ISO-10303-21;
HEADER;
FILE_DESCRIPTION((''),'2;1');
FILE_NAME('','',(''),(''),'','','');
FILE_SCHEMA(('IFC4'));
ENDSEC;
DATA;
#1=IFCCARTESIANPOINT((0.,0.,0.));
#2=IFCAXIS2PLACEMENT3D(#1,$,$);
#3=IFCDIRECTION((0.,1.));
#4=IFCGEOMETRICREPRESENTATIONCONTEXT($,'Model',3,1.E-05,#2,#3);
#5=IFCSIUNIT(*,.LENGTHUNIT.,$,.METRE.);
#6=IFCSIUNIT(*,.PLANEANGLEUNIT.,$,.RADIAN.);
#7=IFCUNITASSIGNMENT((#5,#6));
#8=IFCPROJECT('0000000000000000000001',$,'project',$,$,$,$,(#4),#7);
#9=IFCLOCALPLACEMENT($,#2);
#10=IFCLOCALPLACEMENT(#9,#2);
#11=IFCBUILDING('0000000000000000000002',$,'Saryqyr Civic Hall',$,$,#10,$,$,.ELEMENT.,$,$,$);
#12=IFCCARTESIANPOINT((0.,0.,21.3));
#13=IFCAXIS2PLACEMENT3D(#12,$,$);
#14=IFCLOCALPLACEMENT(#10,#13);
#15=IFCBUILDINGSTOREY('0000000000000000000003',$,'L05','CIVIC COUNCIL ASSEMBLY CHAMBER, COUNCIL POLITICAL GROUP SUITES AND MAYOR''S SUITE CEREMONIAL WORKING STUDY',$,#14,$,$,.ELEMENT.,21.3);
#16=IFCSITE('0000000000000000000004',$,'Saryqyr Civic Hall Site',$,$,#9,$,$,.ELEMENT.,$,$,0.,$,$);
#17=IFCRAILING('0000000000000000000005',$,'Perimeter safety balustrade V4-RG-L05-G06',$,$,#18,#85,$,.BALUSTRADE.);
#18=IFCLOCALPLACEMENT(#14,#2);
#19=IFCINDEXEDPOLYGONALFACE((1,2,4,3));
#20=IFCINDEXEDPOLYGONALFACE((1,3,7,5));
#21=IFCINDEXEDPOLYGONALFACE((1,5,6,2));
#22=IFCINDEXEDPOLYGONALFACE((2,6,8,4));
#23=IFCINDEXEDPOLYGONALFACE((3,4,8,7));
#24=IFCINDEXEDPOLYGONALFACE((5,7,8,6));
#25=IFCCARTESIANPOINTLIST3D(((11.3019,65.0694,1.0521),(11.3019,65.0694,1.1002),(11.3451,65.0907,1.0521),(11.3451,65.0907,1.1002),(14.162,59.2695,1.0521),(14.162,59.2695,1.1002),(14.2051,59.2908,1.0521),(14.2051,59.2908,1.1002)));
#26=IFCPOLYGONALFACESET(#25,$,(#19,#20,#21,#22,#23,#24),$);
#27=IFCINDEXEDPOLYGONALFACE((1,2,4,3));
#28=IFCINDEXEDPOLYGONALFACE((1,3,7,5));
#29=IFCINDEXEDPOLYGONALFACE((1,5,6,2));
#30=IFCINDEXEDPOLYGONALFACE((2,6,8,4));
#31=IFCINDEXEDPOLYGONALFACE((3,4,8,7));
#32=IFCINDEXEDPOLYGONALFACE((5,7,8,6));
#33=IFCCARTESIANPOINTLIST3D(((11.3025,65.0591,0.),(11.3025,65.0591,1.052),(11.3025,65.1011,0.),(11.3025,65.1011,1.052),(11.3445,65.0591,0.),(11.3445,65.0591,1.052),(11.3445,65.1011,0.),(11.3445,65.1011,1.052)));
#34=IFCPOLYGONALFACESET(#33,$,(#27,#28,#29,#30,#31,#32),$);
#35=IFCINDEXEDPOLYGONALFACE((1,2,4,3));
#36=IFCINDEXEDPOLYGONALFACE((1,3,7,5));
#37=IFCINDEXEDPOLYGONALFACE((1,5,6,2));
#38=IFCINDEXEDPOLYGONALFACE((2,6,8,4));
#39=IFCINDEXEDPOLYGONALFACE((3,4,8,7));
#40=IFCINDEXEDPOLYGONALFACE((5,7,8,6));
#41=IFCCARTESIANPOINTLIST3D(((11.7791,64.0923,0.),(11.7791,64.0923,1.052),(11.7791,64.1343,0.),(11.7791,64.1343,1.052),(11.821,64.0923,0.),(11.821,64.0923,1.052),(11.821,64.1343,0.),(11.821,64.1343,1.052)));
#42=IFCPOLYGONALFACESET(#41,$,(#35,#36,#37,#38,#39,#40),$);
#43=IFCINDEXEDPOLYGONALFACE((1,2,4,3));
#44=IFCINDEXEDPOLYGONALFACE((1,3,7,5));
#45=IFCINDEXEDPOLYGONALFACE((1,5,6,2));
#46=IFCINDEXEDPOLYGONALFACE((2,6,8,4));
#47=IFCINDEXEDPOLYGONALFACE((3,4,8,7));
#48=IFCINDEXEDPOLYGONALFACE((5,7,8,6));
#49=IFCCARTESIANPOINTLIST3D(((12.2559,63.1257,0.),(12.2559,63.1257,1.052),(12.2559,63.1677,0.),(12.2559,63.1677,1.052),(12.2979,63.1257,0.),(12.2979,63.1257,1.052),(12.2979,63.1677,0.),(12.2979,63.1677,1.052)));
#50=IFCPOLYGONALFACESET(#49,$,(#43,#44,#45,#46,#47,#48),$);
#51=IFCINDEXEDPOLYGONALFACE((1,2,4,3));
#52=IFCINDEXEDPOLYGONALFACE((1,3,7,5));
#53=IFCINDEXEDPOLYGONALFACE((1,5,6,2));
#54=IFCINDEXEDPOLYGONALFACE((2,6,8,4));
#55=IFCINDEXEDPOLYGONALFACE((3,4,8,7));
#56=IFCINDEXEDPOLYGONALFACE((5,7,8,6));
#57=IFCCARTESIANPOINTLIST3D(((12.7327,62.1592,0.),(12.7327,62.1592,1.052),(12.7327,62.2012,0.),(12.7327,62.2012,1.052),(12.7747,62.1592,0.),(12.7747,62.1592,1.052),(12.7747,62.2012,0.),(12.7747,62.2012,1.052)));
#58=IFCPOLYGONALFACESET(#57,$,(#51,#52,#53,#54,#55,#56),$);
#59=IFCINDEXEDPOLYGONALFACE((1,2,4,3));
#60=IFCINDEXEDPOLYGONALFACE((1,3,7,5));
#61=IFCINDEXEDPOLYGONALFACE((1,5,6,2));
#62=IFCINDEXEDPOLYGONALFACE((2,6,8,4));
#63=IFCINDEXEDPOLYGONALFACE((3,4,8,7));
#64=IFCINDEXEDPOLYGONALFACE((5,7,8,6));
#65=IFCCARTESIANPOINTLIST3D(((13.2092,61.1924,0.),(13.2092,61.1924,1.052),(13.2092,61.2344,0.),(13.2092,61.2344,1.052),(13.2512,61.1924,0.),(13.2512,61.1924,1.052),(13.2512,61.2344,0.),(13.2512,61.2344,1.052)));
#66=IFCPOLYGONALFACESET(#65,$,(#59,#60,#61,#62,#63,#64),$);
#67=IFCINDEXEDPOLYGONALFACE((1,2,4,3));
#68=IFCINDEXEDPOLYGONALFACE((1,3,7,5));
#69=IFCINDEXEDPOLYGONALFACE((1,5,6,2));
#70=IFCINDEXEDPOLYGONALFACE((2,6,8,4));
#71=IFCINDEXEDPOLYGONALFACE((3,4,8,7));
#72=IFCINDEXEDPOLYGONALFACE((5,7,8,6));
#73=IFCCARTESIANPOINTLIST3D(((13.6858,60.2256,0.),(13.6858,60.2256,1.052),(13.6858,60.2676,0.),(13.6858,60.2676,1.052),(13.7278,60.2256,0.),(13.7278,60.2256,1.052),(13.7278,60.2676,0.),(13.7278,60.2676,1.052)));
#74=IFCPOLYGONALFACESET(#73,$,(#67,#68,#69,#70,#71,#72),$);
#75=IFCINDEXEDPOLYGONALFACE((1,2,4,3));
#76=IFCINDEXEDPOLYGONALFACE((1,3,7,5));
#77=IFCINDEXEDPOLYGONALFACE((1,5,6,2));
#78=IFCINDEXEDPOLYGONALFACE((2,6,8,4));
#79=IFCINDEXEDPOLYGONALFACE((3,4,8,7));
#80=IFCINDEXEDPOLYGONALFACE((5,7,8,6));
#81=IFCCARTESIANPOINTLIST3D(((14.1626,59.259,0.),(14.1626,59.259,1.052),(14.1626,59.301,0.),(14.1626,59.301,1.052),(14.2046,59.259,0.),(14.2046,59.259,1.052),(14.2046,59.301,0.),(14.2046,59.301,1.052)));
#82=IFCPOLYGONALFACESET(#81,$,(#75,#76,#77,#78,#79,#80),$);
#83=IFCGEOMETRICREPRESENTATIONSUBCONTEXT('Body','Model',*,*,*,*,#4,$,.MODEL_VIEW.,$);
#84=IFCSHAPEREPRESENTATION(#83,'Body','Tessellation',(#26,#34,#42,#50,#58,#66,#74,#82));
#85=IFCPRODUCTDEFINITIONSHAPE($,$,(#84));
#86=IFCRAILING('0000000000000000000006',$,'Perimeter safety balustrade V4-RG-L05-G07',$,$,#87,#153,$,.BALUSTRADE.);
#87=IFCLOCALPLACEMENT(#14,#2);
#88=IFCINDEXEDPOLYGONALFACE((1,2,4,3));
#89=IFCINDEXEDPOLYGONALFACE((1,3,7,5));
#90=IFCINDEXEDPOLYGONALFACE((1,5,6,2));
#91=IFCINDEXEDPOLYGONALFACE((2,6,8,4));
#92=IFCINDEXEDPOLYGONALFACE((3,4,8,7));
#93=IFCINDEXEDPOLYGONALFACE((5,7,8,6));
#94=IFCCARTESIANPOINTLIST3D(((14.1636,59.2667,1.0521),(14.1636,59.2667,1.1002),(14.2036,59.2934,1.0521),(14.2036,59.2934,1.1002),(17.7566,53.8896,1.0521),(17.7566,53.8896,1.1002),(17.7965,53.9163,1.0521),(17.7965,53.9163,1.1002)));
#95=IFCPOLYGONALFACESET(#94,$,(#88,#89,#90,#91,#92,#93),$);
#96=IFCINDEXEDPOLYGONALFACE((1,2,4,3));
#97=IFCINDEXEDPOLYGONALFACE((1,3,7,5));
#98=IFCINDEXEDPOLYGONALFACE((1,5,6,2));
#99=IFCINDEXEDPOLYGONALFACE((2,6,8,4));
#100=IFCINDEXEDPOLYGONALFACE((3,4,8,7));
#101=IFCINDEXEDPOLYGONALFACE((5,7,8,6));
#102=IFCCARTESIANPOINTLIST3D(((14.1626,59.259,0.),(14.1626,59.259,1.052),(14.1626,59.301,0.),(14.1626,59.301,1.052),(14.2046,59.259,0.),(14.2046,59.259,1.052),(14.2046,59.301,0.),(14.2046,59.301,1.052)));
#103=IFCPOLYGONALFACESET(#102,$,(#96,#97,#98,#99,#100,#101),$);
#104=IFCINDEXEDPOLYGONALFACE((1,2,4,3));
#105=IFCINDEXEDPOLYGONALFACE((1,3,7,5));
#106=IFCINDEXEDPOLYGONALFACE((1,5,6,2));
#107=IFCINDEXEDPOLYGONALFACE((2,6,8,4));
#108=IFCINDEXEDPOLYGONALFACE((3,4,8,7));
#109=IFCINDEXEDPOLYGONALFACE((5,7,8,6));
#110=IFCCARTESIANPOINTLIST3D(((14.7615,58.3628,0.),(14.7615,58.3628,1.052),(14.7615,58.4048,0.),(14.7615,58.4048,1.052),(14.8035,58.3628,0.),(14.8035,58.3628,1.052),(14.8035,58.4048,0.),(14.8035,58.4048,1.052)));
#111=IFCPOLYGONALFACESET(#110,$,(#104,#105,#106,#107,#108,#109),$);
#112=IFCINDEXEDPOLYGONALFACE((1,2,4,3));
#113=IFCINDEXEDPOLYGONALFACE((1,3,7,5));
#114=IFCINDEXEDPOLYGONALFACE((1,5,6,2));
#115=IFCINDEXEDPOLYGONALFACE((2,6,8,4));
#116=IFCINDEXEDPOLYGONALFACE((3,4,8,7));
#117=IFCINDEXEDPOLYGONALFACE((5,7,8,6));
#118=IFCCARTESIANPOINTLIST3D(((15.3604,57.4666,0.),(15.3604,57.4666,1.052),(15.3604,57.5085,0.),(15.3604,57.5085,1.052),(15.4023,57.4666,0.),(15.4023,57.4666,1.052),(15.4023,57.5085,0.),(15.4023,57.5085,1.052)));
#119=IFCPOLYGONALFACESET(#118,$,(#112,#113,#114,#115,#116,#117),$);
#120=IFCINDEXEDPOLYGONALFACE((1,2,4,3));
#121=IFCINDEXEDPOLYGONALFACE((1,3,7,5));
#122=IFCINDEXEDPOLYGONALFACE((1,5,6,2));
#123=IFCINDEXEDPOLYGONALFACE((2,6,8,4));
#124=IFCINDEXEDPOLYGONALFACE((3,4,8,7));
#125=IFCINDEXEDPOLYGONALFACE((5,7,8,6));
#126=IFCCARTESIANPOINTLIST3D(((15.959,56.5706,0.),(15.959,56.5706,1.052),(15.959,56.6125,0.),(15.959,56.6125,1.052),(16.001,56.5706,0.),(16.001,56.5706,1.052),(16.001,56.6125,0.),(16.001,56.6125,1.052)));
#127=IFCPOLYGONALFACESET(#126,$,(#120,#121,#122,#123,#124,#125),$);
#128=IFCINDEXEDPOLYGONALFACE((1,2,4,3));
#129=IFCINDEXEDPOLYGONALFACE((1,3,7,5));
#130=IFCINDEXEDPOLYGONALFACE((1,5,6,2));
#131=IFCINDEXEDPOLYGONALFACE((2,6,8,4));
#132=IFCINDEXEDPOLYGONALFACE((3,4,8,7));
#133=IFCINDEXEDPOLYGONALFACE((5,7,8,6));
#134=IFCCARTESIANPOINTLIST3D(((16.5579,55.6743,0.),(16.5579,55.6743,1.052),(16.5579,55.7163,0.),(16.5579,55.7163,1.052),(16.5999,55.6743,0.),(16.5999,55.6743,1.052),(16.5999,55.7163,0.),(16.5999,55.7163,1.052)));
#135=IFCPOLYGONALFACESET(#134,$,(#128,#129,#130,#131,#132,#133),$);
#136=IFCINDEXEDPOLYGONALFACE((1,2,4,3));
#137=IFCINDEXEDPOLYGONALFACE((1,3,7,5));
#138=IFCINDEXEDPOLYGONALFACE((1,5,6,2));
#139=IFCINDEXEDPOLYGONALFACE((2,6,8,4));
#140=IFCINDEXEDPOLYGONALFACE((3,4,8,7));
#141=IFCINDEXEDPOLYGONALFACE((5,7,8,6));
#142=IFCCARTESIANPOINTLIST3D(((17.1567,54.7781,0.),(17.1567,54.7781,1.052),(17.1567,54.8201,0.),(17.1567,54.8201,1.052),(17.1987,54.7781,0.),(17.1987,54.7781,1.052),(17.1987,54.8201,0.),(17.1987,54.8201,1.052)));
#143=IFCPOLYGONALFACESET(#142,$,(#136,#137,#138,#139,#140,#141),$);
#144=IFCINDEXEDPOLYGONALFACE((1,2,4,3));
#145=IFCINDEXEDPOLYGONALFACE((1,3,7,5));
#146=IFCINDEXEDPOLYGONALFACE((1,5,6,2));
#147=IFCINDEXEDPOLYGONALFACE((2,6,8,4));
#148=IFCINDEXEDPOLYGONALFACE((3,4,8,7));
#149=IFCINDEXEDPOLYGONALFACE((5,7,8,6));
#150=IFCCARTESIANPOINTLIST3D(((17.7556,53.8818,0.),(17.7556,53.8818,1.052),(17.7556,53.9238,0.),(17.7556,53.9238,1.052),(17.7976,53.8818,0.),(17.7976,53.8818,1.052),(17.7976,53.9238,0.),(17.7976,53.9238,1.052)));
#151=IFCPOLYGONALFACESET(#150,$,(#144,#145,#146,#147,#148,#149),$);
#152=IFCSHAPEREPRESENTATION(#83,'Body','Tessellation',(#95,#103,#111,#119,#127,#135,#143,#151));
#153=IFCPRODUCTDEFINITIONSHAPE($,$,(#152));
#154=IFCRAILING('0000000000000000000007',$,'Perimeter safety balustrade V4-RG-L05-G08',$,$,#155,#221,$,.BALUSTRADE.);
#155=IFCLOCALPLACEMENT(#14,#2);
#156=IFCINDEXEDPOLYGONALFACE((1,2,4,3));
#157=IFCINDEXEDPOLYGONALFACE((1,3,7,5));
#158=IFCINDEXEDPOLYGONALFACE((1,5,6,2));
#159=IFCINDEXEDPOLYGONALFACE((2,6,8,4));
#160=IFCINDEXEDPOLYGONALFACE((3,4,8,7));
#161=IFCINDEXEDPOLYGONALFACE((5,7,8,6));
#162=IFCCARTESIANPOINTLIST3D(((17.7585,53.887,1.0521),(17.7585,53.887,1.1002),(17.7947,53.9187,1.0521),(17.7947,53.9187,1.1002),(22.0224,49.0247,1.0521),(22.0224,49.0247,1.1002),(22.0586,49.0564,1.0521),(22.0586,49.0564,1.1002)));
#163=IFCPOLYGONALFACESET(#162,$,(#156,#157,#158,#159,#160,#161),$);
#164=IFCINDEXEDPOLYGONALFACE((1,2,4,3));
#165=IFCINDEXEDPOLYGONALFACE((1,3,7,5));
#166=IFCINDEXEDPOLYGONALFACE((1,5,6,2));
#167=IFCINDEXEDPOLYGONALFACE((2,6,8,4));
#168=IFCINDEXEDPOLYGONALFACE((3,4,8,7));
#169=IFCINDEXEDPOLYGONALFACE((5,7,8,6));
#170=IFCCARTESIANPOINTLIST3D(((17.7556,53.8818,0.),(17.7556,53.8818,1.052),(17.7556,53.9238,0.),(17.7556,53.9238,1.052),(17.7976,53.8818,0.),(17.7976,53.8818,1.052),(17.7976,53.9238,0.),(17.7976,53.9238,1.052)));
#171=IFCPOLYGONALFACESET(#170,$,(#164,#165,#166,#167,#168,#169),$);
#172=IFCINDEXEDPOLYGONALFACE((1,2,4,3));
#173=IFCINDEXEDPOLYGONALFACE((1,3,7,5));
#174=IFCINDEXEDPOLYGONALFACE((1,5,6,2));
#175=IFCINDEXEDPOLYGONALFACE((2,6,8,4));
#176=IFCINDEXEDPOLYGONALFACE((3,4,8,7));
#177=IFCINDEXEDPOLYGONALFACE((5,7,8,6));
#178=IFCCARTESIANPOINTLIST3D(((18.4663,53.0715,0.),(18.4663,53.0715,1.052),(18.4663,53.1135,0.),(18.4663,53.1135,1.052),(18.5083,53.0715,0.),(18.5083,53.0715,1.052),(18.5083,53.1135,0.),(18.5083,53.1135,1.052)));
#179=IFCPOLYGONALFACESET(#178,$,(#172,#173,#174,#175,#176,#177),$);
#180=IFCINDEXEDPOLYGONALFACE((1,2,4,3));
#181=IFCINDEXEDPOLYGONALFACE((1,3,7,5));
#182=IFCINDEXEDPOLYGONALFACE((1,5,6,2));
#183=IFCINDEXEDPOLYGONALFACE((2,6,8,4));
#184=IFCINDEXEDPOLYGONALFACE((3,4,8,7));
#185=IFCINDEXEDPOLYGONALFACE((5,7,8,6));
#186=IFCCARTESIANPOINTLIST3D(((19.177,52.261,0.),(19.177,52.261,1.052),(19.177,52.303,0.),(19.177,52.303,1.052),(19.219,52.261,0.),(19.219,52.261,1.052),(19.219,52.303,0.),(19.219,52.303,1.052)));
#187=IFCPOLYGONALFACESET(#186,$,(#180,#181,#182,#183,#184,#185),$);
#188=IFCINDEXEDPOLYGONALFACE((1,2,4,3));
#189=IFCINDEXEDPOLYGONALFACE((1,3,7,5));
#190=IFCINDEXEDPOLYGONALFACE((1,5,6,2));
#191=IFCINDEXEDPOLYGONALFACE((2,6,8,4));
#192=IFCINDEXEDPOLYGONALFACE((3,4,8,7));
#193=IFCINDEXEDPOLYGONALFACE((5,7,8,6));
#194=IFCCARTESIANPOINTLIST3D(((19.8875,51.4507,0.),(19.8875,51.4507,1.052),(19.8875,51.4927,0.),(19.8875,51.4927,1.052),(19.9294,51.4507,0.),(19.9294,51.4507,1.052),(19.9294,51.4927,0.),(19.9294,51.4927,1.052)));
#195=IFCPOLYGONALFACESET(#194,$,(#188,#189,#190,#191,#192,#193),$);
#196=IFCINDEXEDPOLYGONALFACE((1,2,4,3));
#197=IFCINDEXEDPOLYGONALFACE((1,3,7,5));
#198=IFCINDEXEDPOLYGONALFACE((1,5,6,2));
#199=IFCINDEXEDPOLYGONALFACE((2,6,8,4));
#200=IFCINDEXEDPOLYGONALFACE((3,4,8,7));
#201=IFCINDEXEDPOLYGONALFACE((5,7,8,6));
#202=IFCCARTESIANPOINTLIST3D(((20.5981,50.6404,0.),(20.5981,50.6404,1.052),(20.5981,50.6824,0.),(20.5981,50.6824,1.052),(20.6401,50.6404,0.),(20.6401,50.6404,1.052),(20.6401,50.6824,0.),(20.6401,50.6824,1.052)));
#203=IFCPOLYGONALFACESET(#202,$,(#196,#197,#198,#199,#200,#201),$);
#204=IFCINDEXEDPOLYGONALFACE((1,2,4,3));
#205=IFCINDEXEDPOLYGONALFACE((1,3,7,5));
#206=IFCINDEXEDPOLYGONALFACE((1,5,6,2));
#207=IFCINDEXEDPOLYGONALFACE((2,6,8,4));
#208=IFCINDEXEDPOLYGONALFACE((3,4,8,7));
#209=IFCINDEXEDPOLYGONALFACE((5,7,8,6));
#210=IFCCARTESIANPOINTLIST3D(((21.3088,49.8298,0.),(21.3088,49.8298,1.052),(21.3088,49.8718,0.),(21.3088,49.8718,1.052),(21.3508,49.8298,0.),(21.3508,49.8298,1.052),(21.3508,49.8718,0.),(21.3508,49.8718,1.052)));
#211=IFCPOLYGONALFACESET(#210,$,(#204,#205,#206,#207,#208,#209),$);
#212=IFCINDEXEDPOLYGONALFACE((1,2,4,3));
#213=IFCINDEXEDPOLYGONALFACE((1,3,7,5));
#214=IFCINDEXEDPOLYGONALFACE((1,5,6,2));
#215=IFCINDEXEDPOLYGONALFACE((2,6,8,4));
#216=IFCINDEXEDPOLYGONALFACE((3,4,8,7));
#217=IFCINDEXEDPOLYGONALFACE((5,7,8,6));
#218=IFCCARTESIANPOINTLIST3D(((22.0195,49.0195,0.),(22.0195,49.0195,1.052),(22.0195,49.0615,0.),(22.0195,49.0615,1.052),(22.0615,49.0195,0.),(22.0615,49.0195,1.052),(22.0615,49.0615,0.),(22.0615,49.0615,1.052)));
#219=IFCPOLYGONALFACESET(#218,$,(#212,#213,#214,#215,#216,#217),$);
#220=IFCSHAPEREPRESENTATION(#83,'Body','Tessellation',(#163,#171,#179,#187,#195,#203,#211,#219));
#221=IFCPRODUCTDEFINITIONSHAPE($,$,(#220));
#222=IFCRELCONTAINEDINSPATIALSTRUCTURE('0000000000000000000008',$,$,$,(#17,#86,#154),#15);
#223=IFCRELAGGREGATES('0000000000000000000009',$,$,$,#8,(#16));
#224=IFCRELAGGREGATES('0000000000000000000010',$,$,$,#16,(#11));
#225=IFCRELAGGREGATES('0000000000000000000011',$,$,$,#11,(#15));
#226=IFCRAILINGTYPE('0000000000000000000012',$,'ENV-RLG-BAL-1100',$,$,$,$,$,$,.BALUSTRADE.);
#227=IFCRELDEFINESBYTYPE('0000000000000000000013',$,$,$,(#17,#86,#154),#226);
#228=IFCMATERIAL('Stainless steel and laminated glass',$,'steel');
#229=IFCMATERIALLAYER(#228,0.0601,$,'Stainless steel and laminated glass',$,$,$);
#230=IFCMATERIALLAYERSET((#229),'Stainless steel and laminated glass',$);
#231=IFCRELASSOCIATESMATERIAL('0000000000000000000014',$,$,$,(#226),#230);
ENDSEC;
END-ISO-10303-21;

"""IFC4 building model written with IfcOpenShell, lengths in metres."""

from ifc_helpers import new_model, si_unit, direction, frame, origin, origin_2d, place, context, subcontext, project, spatial, rectangle, extrude, material, layer, layer_set, type_object, element, save


model = new_model("IFC4")

# Units and contexts
model_context = context("Model", 3, precision=1e-05, world=origin(), true_north=direction((0.0, 1.0)))
body_context = subcontext(model_context, "Body", "Model", "MODEL_VIEW")
ifc_project = project(units=[si_unit("LENGTHUNIT", "METRE"), si_unit("PLANEANGLEUNIT", "RADIAN")], contexts=[model_context])

# Site, building, storey
site_placement = place(None, origin())
site = spatial("IfcSite", under=ifc_project, at=site_placement, Name="Saryqyr Civic Hall Site", CompositionType="ELEMENT", RefElevation=0.0)
building_placement = place(site_placement, origin())
building = spatial("IfcBuilding", under=site, at=building_placement, Name="Saryqyr Civic Hall", CompositionType="ELEMENT")
storey_placement = place(building_placement, frame((0.0, 0.0, 21.3)))
storey = spatial("IfcBuildingStorey", under=building, at=storey_placement, Name="L05", Description="CIVIC COUNCIL ASSEMBLY CHAMBER, COUNCIL POLITICAL GROUP SUITES AND MAYOR'S SUITE CEREMONIAL WORKING STUDY", CompositionType="ELEMENT", Elevation=21.3)

# Railings
ifc_material_1 = material(Name="Stainless steel and laminated glass", Category="steel")
ifc_layer_1 = layer(ifc_material_1, 0.0601, Name="Stainless steel and laminated glass")
ifc_layer_set_1 = layer_set([ifc_layer_1], Name="Stainless steel and laminated glass")
railing_type_1 = type_object("IfcRailingType", Name="ENV-RLG-BAL-1100", PredefinedType="BALUSTRADE", material=ifc_layer_set_1)
railing_1_placement = place(storey_placement, frame((11.3235, 65.0801, 0.0)))
element("IfcRailing", 1, at=railing_1_placement, inside=storey, type_object=railing_type_1, Name="Perimeter safety balustrade V4-RG-L05-G06", PredefinedType="BALUSTRADE", context=body_context, shape_type="SweptSolid", body=[
    extrude(rectangle(XDim=0.0481, YDim=0.0481, at=origin_2d()), frame((0.0, 0.0, 1.0762), z_axis=(0.442269, -0.896883, 0.0), x_axis=(0.896883, 0.442269, 0.0)), (0.0, 0.0, 1.0), 6.4668),
    extrude(rectangle(XDim=0.042, YDim=0.042, at=origin_2d()), origin(), (0.0, 0.0, 1.0), 1.052),
    extrude(rectangle(XDim=0.042, YDim=0.042, at=origin_2d()), frame((0.4766, -0.9668, 0.0)), (0.0, 0.0, 1.0), 1.052),
    extrude(rectangle(XDim=0.042, YDim=0.042, at=origin_2d()), frame((0.9534, -1.9333, 0.0)), (0.0, 0.0, 1.0), 1.052),
    extrude(rectangle(XDim=0.042, YDim=0.042, at=origin_2d()), frame((1.4302, -2.8999, 0.0)), (0.0, 0.0, 1.0), 1.052),
    extrude(rectangle(XDim=0.042, YDim=0.042, at=origin_2d()), frame((1.9067, -3.8667, 0.0)), (0.0, 0.0, 1.0), 1.052),
    extrude(rectangle(XDim=0.042, YDim=0.042, at=origin_2d()), frame((2.3833, -4.8335, 0.0)), (0.0, 0.0, 1.0), 1.052),
    extrude(rectangle(XDim=0.042, YDim=0.042, at=origin_2d()), frame((2.8601, -5.8, 0.0)), (0.0, 0.0, 1.0), 1.052),
])
railing_2_placement = place(storey_placement, frame((14.1836, 59.28, 0.0)))
element("IfcRailing", 2, at=railing_2_placement, inside=storey, type_object=railing_type_1, Name="Perimeter safety balustrade V4-RG-L05-G07", PredefinedType="BALUSTRADE", context=body_context, shape_type="SweptSolid", body=[
    extrude(rectangle(XDim=0.0481, YDim=0.0481, at=origin_2d()), frame((0.0, 0.0, 1.0762), z_axis=(0.55558, -0.831463, 0.0), x_axis=(0.831463, 0.55558, 0.0)), (0.0, 0.0, 1.0), 6.467),
    extrude(rectangle(XDim=0.042, YDim=0.042, at=origin_2d()), origin(), (0.0, 0.0, 1.0), 1.052),
    extrude(rectangle(XDim=0.042, YDim=0.042, at=origin_2d()), frame((0.5989, -0.8962, 0.0)), (0.0, 0.0, 1.0), 1.052),
    extrude(rectangle(XDim=0.042, YDim=0.042, at=origin_2d()), frame((1.1978, -1.7925, 0.0)), (0.0, 0.0, 1.0), 1.052),
    extrude(rectangle(XDim=0.042, YDim=0.042, at=origin_2d()), frame((1.7964, -2.6885, 0.0)), (0.0, 0.0, 1.0), 1.052),
    extrude(rectangle(XDim=0.042, YDim=0.042, at=origin_2d()), frame((2.3953, -3.5847, 0.0)), (0.0, 0.0, 1.0), 1.052),
    extrude(rectangle(XDim=0.042, YDim=0.042, at=origin_2d()), frame((2.9941, -4.481, 0.0)), (0.0, 0.0, 1.0), 1.052),
    extrude(rectangle(XDim=0.042, YDim=0.042, at=origin_2d()), frame((3.593, -5.3772, 0.0)), (0.0, 0.0, 1.0), 1.052),
])
railing_3_placement = place(storey_placement, frame((17.7766, 53.9028, 0.0)))
element("IfcRailing", 3, at=railing_3_placement, inside=storey, type_object=railing_type_1, Name="Perimeter safety balustrade V4-RG-L05-G08", PredefinedType="BALUSTRADE", context=body_context, shape_type="SweptSolid", body=[
    extrude(rectangle(XDim=0.0481, YDim=0.0481, at=origin_2d()), frame((0.0, 0.0, 1.0762), z_axis=(0.659327, -0.751856, 0.0), x_axis=(0.751856, 0.659327, 0.0)), (0.0, 0.0, 1.0), 6.467),
    extrude(rectangle(XDim=0.042, YDim=0.042, at=origin_2d()), origin(), (0.0, 0.0, 1.0), 1.052),
    extrude(rectangle(XDim=0.042, YDim=0.042, at=origin_2d()), frame((0.7107, -0.8103, 0.0)), (0.0, 0.0, 1.0), 1.052),
    extrude(rectangle(XDim=0.042, YDim=0.042, at=origin_2d()), frame((1.4214, -1.6208, 0.0)), (0.0, 0.0, 1.0), 1.052),
    extrude(rectangle(XDim=0.042, YDim=0.042, at=origin_2d()), frame((2.1318, -2.4312, 0.0)), (0.0, 0.0, 1.0), 1.052),
    extrude(rectangle(XDim=0.042, YDim=0.042, at=origin_2d()), frame((2.8425, -3.2415, 0.0)), (0.0, 0.0, 1.0), 1.052),
    extrude(rectangle(XDim=0.042, YDim=0.042, at=origin_2d()), frame((3.5532, -4.052, 0.0)), (0.0, 0.0, 1.0), 1.052),
    extrude(rectangle(XDim=0.042, YDim=0.042, at=origin_2d()), frame((4.2639, -4.8623, 0.0)), (0.0, 0.0, 1.0), 1.052),
])

save(model, "model.ifc")
